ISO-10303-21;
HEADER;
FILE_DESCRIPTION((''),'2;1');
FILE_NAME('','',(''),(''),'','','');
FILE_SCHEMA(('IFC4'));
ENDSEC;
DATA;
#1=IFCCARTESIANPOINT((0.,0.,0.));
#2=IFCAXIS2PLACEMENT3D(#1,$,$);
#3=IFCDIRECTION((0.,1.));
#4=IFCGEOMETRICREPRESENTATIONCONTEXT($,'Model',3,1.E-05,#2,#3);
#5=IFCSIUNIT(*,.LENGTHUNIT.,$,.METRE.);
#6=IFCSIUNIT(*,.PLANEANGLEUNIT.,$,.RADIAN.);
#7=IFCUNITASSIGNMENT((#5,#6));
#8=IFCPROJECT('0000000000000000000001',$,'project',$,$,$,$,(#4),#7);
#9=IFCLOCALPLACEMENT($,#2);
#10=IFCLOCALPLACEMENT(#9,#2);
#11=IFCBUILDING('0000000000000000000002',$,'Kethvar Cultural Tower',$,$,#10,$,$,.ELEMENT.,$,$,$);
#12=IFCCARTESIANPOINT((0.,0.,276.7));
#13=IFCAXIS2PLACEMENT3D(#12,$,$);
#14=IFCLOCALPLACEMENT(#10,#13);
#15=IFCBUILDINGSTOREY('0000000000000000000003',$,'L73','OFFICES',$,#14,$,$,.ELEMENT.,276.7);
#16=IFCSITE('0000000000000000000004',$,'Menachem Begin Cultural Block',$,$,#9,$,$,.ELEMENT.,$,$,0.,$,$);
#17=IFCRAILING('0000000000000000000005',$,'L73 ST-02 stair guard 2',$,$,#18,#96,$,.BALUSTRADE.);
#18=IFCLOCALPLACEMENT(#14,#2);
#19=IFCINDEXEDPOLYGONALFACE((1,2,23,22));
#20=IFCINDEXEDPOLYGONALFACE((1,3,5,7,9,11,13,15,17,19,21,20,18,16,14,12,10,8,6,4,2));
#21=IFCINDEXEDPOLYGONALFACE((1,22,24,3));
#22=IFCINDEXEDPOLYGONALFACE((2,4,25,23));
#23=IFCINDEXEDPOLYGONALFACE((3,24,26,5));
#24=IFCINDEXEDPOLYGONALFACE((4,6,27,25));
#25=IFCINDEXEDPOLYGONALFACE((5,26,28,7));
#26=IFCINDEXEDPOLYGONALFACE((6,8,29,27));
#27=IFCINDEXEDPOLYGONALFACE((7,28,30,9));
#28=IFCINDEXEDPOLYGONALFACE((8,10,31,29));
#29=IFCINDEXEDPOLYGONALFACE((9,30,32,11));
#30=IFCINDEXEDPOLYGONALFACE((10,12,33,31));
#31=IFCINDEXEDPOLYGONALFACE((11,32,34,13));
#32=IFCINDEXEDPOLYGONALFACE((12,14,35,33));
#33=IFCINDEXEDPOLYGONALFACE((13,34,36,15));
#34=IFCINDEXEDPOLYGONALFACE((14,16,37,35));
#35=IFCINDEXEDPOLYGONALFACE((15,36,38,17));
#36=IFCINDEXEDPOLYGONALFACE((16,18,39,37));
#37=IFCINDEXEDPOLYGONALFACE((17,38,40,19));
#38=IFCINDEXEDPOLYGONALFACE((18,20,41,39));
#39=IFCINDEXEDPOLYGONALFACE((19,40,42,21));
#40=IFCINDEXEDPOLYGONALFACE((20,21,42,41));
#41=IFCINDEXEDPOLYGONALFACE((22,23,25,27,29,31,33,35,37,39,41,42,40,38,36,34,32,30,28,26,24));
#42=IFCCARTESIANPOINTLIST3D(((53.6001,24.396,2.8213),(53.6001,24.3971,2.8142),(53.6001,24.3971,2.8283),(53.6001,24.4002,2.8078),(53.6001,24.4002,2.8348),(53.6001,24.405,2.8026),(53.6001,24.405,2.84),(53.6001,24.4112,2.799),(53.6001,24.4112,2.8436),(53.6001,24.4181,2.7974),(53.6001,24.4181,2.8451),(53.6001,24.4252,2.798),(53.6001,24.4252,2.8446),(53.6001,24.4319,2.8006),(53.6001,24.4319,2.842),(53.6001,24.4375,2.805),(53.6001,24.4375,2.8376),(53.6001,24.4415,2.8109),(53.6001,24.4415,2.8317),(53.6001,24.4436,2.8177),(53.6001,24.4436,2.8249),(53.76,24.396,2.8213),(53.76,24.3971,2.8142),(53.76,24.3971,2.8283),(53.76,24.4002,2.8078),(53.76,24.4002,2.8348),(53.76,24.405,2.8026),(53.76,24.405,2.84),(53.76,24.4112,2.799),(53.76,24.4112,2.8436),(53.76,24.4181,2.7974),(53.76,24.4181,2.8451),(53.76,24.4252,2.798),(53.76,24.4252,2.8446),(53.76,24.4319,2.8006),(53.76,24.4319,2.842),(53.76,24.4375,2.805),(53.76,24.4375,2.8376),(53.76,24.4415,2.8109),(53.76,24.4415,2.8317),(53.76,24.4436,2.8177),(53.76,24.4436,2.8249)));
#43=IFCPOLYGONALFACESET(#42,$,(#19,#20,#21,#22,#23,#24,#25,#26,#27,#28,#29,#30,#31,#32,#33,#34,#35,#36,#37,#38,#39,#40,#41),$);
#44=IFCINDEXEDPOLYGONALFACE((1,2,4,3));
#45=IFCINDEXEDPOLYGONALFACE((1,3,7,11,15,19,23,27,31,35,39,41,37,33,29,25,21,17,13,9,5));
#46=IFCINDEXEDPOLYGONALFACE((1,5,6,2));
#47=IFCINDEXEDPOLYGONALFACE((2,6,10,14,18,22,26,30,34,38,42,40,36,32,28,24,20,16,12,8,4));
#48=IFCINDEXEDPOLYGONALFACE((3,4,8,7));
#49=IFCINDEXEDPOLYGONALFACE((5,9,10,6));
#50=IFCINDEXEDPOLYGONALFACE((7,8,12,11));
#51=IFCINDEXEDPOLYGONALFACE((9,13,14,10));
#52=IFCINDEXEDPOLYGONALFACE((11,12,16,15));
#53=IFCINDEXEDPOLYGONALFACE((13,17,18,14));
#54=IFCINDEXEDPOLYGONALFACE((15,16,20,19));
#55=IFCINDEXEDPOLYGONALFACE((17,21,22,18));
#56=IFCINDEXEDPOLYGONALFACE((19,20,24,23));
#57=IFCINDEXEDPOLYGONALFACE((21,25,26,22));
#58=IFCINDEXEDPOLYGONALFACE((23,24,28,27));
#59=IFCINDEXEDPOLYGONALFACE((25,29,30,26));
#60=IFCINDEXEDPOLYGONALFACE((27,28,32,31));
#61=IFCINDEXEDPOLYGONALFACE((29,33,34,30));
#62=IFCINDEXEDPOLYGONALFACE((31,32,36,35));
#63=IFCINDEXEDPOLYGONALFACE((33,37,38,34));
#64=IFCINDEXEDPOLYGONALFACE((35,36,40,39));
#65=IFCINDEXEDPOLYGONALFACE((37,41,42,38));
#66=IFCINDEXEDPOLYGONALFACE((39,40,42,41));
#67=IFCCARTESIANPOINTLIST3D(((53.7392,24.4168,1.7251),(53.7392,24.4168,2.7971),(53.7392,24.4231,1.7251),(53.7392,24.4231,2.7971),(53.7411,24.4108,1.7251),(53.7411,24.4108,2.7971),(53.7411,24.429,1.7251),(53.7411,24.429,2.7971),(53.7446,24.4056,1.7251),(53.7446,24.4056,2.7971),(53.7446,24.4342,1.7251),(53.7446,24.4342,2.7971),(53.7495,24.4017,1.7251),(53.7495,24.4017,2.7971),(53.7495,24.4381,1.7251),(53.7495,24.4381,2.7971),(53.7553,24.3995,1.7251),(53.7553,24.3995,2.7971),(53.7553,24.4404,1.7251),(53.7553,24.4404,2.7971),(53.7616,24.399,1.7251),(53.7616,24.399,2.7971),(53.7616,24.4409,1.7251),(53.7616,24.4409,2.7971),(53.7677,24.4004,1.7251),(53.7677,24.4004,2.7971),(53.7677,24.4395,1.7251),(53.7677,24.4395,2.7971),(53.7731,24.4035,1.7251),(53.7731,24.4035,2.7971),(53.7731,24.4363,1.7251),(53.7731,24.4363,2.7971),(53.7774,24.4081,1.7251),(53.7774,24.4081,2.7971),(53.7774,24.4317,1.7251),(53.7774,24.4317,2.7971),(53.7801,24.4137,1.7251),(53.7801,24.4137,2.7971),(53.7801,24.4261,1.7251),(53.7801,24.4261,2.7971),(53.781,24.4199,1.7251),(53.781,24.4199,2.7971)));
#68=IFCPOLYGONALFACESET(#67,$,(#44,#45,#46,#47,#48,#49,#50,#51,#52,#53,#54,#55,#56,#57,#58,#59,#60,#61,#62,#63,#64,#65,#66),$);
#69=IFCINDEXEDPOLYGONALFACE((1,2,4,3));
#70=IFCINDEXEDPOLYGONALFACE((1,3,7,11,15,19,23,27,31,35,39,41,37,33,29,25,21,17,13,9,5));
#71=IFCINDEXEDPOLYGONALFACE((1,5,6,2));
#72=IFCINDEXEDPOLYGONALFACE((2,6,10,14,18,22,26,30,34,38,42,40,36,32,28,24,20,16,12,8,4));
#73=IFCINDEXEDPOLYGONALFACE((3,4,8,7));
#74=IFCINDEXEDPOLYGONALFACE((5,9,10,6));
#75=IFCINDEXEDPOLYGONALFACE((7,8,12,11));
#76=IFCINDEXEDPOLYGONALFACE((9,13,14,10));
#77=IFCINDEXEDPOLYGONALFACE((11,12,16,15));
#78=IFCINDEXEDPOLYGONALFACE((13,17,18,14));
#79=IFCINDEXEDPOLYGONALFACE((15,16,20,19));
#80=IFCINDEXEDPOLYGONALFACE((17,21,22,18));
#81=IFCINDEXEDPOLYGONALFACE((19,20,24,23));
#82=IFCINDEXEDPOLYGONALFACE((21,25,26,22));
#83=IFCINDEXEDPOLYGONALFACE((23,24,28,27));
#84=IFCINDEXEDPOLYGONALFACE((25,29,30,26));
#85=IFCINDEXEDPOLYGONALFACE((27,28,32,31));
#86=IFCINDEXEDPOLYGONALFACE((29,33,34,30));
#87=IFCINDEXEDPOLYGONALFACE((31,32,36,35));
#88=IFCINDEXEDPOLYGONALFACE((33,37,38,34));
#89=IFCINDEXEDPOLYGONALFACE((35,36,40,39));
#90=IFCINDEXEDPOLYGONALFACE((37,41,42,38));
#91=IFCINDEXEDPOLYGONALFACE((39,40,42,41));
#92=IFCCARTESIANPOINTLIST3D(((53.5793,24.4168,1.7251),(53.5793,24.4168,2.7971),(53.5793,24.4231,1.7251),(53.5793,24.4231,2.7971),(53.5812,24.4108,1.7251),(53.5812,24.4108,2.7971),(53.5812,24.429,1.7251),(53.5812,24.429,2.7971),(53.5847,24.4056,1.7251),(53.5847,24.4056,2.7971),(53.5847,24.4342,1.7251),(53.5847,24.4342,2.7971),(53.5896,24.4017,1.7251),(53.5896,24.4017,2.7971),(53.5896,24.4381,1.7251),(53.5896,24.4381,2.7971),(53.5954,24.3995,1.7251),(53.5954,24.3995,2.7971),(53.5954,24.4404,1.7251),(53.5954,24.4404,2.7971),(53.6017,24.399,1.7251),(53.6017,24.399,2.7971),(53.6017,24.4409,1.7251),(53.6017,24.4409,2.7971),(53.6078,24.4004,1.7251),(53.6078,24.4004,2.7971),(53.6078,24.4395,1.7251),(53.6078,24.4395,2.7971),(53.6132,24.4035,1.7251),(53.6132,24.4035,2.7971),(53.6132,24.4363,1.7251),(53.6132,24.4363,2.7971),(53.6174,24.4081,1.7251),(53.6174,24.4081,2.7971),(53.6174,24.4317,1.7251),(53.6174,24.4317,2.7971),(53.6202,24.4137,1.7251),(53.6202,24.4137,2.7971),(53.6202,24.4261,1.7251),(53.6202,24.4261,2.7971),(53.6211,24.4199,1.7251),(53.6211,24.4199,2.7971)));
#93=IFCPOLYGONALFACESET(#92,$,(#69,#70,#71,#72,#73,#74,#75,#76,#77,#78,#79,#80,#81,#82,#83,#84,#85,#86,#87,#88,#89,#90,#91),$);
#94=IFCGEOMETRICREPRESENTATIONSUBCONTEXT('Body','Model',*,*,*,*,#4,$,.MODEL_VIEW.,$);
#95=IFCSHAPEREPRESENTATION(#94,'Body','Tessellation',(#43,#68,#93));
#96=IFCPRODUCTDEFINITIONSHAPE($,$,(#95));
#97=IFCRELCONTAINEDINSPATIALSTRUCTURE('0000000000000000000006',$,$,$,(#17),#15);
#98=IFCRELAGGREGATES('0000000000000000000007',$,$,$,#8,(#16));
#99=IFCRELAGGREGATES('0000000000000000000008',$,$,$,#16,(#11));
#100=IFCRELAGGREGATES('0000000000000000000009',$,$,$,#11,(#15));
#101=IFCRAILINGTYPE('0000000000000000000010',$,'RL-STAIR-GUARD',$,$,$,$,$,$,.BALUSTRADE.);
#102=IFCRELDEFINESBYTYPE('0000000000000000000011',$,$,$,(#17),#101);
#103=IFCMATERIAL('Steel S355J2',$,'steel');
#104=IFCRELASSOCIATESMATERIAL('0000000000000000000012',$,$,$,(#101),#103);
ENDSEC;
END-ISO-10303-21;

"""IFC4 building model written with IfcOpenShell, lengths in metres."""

from ifc_helpers import new_model, si_unit, direction, frame, origin, origin_2d, place, context, subcontext, project, spatial, circle, extrude, material, type_object, element, save


model = new_model("IFC4")

# Units and contexts
model_context = context("Model", 3, precision=1e-05, world=origin(), true_north=direction((0.0, 1.0)))
body_context = subcontext(model_context, "Body", "Model", "MODEL_VIEW")
ifc_project = project(units=[si_unit("LENGTHUNIT", "METRE"), si_unit("PLANEANGLEUNIT", "RADIAN")], contexts=[model_context])

# Site, building, storey
site_placement = place(None, origin())
site = spatial("IfcSite", under=ifc_project, at=site_placement, Name="Menachem Begin Cultural Block", CompositionType="ELEMENT", RefElevation=0.0)
building_placement = place(site_placement, origin())
building = spatial("IfcBuilding", under=site, at=building_placement, Name="Kethvar Cultural Tower", CompositionType="ELEMENT")
storey_placement = place(building_placement, frame((0.0, 0.0, 276.7)))
storey = spatial("IfcBuildingStorey", under=building, at=storey_placement, Name="L73", Description="OFFICES", CompositionType="ELEMENT", Elevation=276.7)

# Shared definitions
ifc_material_1 = material(Name="Steel S355J2", Category="steel")

# Railing
railing_type_1 = type_object("IfcRailingType", Name="RL-STAIR-GUARD", PredefinedType="BALUSTRADE", material=ifc_material_1)
railing_1_placement = place(storey_placement, frame((53.76, 24.4199, 1.7251)))
element("IfcRailing", 1, at=railing_1_placement, inside=storey, type_object=railing_type_1, Name="L73 ST-02 stair guard 2", PredefinedType="BALUSTRADE", context=body_context, shape_type="SweptSolid", body=[
    extrude(circle(Radius=0.0239, at=origin_2d()), frame((0.0, 0.0, 1.0962), z_axis=(-1.0, 0.0, 0.0), x_axis=(0.0, -1.0, 0.0)), (0.0, 0.0, 1.0), 0.1599),
    extrude(circle(Radius=0.021, at=origin_2d()), origin(), (0.0, 0.0, 1.0), 1.072),
    extrude(circle(Radius=0.021, at=origin_2d()), frame((-0.1599, 0.0, 0.0)), (0.0, 0.0, 1.0), 1.072),
])

save(model, "model.ifc")
